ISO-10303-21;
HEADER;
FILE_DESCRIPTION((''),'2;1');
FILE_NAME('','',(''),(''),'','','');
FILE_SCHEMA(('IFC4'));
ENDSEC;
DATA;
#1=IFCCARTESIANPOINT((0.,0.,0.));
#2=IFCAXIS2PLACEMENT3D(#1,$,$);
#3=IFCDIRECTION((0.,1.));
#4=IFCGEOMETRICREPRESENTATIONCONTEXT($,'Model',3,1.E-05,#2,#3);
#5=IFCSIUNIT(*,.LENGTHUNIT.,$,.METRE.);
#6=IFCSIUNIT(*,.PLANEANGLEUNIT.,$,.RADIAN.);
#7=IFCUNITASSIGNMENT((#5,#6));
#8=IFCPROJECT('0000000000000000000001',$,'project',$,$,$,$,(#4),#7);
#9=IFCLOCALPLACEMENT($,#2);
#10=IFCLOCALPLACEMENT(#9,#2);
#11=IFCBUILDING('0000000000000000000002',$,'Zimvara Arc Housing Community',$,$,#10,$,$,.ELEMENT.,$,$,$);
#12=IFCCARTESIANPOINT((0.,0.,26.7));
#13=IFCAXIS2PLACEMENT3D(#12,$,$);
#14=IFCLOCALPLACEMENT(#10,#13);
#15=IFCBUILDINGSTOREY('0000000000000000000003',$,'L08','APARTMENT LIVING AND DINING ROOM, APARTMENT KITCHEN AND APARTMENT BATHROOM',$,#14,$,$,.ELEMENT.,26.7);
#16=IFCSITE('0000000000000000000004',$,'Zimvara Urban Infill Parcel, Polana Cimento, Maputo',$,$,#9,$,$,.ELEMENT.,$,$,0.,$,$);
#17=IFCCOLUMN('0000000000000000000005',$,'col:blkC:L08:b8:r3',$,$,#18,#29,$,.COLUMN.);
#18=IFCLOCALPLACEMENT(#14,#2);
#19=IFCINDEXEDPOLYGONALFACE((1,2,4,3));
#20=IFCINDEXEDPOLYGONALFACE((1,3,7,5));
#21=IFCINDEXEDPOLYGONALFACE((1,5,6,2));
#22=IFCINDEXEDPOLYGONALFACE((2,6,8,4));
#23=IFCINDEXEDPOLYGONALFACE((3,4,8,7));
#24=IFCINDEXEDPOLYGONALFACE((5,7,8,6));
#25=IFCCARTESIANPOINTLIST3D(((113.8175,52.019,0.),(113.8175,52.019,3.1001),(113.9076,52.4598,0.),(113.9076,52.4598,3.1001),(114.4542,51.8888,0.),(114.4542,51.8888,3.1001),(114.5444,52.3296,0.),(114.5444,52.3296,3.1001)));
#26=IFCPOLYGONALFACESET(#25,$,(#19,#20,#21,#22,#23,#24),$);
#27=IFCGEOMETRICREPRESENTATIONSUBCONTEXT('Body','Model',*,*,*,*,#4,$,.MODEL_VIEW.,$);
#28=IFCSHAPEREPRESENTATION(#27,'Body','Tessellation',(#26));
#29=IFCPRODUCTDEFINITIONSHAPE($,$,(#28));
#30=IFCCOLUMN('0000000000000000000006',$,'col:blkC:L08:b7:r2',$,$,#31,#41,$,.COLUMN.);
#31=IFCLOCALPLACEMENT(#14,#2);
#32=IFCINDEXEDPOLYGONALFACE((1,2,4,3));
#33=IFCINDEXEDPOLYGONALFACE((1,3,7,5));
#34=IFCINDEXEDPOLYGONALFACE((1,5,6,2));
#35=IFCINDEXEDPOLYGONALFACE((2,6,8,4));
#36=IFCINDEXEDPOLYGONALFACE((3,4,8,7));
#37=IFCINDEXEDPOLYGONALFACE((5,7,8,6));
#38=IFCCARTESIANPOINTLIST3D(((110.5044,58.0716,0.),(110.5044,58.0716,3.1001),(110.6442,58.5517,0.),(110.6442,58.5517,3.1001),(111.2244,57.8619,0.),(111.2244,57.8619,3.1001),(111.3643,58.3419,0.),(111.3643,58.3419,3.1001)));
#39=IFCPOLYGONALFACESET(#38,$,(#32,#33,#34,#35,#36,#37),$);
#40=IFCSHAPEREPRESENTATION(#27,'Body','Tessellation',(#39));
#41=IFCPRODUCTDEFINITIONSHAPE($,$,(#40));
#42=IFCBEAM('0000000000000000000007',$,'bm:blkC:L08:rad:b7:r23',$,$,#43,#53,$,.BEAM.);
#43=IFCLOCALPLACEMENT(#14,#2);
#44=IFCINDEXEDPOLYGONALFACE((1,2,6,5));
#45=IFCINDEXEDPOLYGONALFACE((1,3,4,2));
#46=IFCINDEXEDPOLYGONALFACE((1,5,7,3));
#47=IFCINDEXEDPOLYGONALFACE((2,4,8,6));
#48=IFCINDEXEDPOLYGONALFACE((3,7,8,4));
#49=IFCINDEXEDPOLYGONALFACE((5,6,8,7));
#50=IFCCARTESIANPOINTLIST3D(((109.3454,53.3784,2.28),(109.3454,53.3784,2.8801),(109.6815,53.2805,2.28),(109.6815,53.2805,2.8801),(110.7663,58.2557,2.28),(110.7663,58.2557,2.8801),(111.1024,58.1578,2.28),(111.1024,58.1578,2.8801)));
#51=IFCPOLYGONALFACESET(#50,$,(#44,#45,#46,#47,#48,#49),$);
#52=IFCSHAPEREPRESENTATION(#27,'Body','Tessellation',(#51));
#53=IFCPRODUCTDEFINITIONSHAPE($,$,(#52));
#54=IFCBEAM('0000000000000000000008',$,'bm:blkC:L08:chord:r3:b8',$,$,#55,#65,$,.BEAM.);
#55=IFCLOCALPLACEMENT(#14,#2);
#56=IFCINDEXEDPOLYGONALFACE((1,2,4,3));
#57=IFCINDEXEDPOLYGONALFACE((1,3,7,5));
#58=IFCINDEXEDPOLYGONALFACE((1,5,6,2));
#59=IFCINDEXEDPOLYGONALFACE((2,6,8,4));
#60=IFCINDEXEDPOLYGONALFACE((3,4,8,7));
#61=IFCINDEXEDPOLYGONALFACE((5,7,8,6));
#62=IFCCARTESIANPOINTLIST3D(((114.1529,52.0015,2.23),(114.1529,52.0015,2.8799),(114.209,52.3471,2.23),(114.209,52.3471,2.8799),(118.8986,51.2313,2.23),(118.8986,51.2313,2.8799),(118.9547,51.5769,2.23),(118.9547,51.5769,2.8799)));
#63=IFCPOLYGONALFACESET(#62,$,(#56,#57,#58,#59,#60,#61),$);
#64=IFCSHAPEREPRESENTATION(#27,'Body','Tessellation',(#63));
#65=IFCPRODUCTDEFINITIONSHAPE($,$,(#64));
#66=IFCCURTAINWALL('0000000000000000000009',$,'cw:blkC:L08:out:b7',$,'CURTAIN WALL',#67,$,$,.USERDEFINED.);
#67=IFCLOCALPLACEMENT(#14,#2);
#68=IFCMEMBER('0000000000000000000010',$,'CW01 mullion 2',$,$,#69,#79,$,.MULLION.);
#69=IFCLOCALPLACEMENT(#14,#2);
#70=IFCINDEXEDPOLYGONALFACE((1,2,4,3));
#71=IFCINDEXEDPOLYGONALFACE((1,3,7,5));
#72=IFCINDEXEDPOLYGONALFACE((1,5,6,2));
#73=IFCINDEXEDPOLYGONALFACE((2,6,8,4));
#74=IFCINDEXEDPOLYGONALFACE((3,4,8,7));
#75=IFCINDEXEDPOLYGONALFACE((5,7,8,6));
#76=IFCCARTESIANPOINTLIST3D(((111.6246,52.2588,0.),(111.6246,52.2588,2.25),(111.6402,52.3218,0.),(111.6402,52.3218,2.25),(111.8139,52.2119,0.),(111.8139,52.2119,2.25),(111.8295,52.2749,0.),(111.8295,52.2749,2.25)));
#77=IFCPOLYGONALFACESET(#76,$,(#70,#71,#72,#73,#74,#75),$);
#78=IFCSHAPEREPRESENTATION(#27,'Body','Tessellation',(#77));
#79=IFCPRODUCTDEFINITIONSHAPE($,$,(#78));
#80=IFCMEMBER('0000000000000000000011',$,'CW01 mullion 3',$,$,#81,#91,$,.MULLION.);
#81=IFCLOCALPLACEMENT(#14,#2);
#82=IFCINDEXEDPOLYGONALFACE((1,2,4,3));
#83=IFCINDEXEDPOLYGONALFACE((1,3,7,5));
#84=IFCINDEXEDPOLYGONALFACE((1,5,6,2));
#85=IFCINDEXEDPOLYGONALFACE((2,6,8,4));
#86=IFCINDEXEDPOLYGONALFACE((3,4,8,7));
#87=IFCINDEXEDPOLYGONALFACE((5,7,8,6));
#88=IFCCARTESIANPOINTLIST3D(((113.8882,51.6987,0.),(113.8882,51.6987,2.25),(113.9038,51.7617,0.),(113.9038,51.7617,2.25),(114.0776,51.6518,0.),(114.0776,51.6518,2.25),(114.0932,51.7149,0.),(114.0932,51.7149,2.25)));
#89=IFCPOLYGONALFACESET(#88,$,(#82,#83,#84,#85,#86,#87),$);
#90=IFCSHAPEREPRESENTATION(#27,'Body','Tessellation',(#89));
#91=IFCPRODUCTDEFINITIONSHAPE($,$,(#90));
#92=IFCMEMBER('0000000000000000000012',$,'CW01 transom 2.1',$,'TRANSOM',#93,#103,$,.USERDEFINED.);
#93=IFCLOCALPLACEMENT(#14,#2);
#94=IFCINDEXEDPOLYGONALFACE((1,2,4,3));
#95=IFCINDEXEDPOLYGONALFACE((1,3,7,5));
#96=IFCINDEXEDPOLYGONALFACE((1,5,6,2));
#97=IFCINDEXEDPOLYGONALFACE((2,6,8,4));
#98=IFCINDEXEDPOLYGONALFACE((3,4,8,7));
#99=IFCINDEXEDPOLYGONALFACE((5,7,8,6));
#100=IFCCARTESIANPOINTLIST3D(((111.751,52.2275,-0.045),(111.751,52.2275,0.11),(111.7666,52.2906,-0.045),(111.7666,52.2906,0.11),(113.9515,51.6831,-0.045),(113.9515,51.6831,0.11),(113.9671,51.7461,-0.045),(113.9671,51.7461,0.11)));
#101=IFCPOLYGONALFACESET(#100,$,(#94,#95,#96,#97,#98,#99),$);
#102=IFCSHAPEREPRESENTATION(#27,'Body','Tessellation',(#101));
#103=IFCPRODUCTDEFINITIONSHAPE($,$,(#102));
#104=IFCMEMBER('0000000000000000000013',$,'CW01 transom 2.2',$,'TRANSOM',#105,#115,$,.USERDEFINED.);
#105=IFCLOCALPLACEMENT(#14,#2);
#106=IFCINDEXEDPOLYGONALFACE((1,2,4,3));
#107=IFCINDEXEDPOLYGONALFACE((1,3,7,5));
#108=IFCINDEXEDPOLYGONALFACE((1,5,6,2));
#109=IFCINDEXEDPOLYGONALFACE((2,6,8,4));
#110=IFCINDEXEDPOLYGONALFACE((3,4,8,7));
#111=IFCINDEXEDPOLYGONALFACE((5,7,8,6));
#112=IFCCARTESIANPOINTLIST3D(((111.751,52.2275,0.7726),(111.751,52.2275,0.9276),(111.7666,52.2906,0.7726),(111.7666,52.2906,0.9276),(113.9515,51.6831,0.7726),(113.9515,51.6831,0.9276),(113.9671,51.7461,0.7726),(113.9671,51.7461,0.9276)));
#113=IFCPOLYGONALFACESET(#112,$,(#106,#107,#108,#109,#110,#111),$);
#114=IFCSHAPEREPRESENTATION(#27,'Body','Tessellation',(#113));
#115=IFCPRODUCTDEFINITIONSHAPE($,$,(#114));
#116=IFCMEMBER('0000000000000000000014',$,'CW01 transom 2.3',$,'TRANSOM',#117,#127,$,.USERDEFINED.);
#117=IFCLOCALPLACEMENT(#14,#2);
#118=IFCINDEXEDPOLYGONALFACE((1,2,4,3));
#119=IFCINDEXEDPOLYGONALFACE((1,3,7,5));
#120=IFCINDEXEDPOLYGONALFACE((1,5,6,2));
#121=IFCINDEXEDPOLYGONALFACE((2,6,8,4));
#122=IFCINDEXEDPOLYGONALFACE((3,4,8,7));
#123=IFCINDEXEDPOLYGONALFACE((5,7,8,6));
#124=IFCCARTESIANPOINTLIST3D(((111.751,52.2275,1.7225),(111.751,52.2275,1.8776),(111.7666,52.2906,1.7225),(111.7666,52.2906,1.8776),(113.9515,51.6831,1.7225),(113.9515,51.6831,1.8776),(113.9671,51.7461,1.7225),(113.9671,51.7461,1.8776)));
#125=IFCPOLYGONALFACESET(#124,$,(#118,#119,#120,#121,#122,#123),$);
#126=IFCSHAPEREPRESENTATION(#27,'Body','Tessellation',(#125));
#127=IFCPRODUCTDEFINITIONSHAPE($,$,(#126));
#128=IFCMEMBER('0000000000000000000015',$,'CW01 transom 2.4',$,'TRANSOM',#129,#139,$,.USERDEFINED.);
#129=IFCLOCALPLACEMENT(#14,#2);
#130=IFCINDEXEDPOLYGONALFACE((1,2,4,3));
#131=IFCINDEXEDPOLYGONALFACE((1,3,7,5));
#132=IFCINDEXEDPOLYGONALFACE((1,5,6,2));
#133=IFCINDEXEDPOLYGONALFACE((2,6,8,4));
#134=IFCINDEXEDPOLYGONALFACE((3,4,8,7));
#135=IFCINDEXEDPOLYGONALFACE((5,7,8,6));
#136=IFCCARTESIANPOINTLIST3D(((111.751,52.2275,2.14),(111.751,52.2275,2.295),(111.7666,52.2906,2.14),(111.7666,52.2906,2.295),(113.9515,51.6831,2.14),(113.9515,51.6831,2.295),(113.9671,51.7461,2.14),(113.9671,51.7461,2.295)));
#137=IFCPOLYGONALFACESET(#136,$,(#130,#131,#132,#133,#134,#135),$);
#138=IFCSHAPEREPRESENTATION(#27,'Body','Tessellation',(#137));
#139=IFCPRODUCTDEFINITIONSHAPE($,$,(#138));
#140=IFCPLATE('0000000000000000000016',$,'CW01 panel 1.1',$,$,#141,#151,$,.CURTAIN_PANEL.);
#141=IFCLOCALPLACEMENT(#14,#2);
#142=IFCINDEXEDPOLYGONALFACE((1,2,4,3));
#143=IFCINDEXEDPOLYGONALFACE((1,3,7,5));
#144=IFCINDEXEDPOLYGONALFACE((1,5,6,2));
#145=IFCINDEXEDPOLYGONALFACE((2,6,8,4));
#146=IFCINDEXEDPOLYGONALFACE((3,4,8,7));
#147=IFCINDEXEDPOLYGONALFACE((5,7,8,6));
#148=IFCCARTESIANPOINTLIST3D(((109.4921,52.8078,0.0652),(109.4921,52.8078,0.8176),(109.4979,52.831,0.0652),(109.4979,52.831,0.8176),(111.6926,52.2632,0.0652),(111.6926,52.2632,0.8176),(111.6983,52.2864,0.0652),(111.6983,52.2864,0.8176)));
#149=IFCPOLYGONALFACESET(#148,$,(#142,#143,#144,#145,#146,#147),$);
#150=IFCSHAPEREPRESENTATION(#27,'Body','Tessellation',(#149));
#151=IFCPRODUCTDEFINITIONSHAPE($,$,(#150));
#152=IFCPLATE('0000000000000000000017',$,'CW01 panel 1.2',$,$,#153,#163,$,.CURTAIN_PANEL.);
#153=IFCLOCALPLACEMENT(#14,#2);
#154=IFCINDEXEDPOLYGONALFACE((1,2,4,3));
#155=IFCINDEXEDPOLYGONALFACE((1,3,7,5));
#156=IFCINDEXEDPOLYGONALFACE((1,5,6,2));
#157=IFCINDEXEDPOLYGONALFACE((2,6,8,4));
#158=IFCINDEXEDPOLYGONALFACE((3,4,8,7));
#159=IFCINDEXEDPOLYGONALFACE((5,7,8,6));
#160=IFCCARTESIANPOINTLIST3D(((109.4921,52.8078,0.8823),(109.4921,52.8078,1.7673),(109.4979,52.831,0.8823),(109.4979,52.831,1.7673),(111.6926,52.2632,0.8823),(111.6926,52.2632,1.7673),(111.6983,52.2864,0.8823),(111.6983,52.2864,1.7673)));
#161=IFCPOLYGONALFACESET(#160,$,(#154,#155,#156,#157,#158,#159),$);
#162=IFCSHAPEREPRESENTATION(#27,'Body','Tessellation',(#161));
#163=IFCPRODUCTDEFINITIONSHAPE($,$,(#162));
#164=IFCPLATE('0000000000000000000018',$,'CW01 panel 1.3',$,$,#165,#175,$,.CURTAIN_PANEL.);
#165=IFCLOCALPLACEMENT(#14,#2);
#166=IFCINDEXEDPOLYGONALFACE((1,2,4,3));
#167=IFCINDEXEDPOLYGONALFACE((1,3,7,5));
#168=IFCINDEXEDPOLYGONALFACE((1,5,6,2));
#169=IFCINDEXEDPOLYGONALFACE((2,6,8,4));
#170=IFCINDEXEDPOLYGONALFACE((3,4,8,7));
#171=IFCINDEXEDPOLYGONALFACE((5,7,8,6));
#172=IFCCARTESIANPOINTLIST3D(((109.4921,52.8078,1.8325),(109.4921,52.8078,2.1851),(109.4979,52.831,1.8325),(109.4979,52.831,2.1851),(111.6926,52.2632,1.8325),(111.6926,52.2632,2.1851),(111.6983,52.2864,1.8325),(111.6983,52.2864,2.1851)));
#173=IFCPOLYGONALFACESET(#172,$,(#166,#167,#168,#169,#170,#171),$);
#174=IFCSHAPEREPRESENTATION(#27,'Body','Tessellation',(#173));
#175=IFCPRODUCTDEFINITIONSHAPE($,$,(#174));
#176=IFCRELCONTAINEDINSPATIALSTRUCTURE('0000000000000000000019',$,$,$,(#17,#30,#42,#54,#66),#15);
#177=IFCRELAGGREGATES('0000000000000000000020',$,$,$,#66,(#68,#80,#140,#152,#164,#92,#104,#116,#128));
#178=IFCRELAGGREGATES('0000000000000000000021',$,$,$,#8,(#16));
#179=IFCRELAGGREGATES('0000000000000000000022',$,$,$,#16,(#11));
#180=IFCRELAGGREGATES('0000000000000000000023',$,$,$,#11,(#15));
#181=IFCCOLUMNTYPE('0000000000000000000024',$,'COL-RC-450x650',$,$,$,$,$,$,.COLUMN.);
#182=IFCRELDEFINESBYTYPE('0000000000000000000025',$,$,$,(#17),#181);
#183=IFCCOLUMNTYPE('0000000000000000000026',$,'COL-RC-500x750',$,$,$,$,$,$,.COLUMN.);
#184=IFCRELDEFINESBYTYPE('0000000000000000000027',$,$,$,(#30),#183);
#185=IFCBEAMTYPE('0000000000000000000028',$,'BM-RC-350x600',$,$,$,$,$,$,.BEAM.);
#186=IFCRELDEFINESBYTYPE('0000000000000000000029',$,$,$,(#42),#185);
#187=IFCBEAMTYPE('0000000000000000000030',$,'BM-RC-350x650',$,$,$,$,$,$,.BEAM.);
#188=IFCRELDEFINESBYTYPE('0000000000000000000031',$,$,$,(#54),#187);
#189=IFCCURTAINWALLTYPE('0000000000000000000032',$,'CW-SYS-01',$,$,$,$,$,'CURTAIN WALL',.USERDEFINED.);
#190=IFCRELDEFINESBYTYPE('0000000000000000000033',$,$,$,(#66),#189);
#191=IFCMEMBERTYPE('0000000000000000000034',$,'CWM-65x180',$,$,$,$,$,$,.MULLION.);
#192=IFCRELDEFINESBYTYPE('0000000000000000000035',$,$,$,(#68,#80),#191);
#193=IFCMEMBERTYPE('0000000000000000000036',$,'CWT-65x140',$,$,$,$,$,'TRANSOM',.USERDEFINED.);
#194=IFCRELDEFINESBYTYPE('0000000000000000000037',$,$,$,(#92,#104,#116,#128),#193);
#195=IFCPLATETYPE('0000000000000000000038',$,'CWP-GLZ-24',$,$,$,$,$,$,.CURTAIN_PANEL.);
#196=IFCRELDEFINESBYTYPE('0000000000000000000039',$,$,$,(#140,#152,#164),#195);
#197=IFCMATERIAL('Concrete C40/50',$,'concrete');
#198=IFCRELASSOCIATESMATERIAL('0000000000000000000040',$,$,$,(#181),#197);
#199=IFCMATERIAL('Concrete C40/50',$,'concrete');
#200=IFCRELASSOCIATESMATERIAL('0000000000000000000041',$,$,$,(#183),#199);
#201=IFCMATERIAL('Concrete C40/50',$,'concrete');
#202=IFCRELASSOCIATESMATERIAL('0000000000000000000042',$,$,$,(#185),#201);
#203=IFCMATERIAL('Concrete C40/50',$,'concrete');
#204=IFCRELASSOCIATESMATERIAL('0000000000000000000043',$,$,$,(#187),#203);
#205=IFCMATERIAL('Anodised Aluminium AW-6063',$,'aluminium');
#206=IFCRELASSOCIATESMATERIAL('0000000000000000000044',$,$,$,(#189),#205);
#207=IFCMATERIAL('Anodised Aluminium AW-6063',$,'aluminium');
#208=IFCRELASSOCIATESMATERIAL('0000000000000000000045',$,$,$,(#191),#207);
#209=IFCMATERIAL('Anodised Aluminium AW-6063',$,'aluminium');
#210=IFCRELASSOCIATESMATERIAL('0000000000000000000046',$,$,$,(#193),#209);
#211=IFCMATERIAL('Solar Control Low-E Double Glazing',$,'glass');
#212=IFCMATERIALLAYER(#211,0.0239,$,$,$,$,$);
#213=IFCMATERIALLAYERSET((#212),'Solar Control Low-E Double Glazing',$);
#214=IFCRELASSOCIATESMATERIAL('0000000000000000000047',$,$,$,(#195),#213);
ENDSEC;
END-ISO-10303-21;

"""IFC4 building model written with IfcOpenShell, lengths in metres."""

from ifc_helpers import new_model, si_unit, direction, frame, origin, origin_2d, place, context, subcontext, project, spatial, rectangle, extrude, material, layer, layer_set, material_profile, profile_set, type_object, element, aggregate, save


model = new_model("IFC4")

# Units and contexts
model_context = context("Model", 3, precision=1e-05, world=origin(), true_north=direction((0.0, 1.0)))
body_context = subcontext(model_context, "Body", "Model", "MODEL_VIEW")
ifc_project = project(units=[si_unit("LENGTHUNIT", "METRE"), si_unit("PLANEANGLEUNIT", "RADIAN")], contexts=[model_context])

# Site, building, storey
site_placement = place(None, origin())
site = spatial("IfcSite", under=ifc_project, at=site_placement, Name="Zimvara Urban Infill Parcel, Polana Cimento, Maputo", CompositionType="ELEMENT", RefElevation=0.0)
building_placement = place(site_placement, origin())
building = spatial("IfcBuilding", under=site, at=building_placement, Name="Zimvara Arc Housing Community", CompositionType="ELEMENT")
storey_placement = place(building_placement, frame((0.0, 0.0, 26.7)))
storey = spatial("IfcBuildingStorey", under=building, at=storey_placement, Name="L08", Description="APARTMENT LIVING AND DINING ROOM, APARTMENT KITCHEN AND APARTMENT BATHROOM", CompositionType="ELEMENT", Elevation=26.7)

# Columns
ifc_material_1 = material(Name="Concrete C40/50", Category="concrete")
ifc_material_profile_1 = material_profile(ifc_material_1, rectangle(XDim=0.45, YDim=0.6499, at=origin_2d()), Name="RC 450x650")
ifc_profile_set_1 = profile_set([ifc_material_profile_1], Name="Concrete C40/50")
column_type_1 = type_object("IfcColumnType", Name="COL-RC-450x650", PredefinedType="COLUMN", material=ifc_profile_set_1)
column_1_placement = place(storey_placement, frame((114.1809, 52.1743, 0.0), z_axis=(0.0, 0.0, 1.0), x_axis=(-0.200394, -0.979715, 0.0)))
element("IfcColumn", 1, at=column_1_placement, inside=storey, type_object=column_type_1, Name="col:blkC:L08:b8:r3", PredefinedType="COLUMN", context=body_context, shape_type="SweptSolid", body=[
    extrude(rectangle(XDim=0.45, YDim=0.6499, at=origin_2d()), origin(), (0.0, 0.0, 1.0), 3.1001),
])
ifc_material_2 = material(Name="Concrete C40/50", Category="concrete")
ifc_material_profile_2 = material_profile(ifc_material_2, rectangle(XDim=0.5, YDim=0.75, at=origin_2d()), Name="RC 500x750")
ifc_profile_set_2 = profile_set([ifc_material_profile_2], Name="Concrete C40/50")
column_type_2 = type_object("IfcColumnType", Name="COL-RC-500x750", PredefinedType="COLUMN", material=ifc_profile_set_2)
column_2_placement = place(storey_placement, frame((110.9343, 58.2068, 0.0), z_axis=(0.0, 0.0, 1.0), x_axis=(-0.279661, -0.960099, 0.0)))
element("IfcColumn", 2, at=column_2_placement, inside=storey, type_object=column_type_2, Name="col:blkC:L08:b7:r2", PredefinedType="COLUMN", context=body_context, shape_type="SweptSolid", body=[
    extrude(rectangle(XDim=0.5, YDim=0.75, at=origin_2d()), origin(), (0.0, 0.0, 1.0), 3.1001),
])

# Beams
ifc_material_3 = material(Name="Concrete C40/50", Category="concrete")
ifc_material_profile_3 = material_profile(ifc_material_3, rectangle(XDim=0.3501, YDim=0.6001, at=origin_2d()), Name="RC 350x600")
ifc_profile_set_3 = profile_set([ifc_material_profile_3], Name="Concrete C40/50")
beam_type_1 = type_object("IfcBeamType", Name="BM-RC-350x600", PredefinedType="BEAM", material=ifc_profile_set_3)
beam_1_placement = place(storey_placement, frame((110.9343, 58.2068, 2.5801), z_axis=(-0.279694, -0.960089, 0.0), x_axis=(0.960089, -0.279694, 0.0)))
element("IfcBeam", 3, at=beam_1_placement, inside=storey, type_object=beam_type_1, Name="bm:blkC:L08:rad:b7:r23", PredefinedType="BEAM", context=body_context, shape_type="SweptSolid", body=[
    extrude(rectangle(XDim=0.3501, YDim=0.6001, at=origin_2d()), origin(), (0.0, 0.0, 1.0), 5.0801),
])
ifc_material_4 = material(Name="Concrete C40/50", Category="concrete")
ifc_material_profile_4 = material_profile(ifc_material_4, rectangle(XDim=0.3501, YDim=0.6499, at=origin_2d()), Name="RC 350x650")
ifc_profile_set_4 = profile_set([ifc_material_profile_4], Name="Concrete C40/50")
beam_type_2 = type_object("IfcBeamType", Name="BM-RC-350x650", PredefinedType="BEAM", material=ifc_profile_set_4)
beam_2_placement = place(storey_placement, frame((114.1809, 52.1743, 2.5549), z_axis=(0.987084, -0.160206, 0.0), x_axis=(0.160206, 0.987084, 0.0)))
element("IfcBeam", 4, at=beam_2_placement, inside=storey, type_object=beam_type_2, Name="bm:blkC:L08:chord:r3:b8", PredefinedType="BEAM", context=body_context, shape_type="SweptSolid", body=[
    extrude(rectangle(XDim=0.3501, YDim=0.6499, at=origin_2d()), origin(), (0.0, 0.0, 1.0), 4.8079),
])

# Curtain wall, members, plates
ifc_material_5 = material(Name="Anodised Aluminium AW-6063", Category="aluminium")
curtain_wall_type = type_object("IfcCurtainWallType", Name="CW-SYS-01", ElementType="CURTAIN WALL", PredefinedType="USERDEFINED", material=ifc_material_5)
curtain_wall_placement = place(storey_placement, origin())
curtain_wall = element("IfcCurtainWall", 5, at=curtain_wall_placement, inside=storey, type_object=curtain_wall_type, Name="cw:blkC:L08:out:b7", ObjectType="CURTAIN WALL", PredefinedType="USERDEFINED")
ifc_material_6 = material(Name="Anodised Aluminium AW-6063", Category="aluminium")
ifc_material_profile_5 = material_profile(ifc_material_6, rectangle(XDim=0.0649, YDim=0.1951, at=origin_2d()), Name="ALU 65x195")
ifc_profile_set_5 = profile_set([ifc_material_profile_5], Name="Anodised Aluminium AW-6063")
member_type_1 = type_object("IfcMemberType", Name="CWM-65x180", PredefinedType="MULLION", material=ifc_profile_set_5)
member_1_placement = place(storey_placement, frame((111.7271, 52.2668, 0.0), z_axis=(0.0, 0.0, 1.0), x_axis=(0.24023, 0.970716, 0.0)))
member_1 = element("IfcMember", 6, at=member_1_placement, type_object=member_type_1, Name="CW01 mullion 2", PredefinedType="MULLION", context=body_context, shape_type="SweptSolid", body=[
    extrude(rectangle(XDim=0.0649, YDim=0.1951, at=origin_2d()), origin(), (0.0, 0.0, 1.0), 2.25),
])
member_2_placement = place(storey_placement, frame((113.9907, 51.7068, 0.0), z_axis=(0.0, 0.0, 1.0), x_axis=(0.24023, 0.970716, 0.0)))
member_2 = element("IfcMember", 7, at=member_2_placement, type_object=member_type_1, Name="CW01 mullion 3", PredefinedType="MULLION", context=body_context, shape_type="SweptSolid", body=[
    extrude(rectangle(XDim=0.0649, YDim=0.1951, at=origin_2d()), origin(), (0.0, 0.0, 1.0), 2.25),
])
ifc_material_7 = material(Name="Anodised Aluminium AW-6063", Category="aluminium")
ifc_material_profile_6 = material_profile(ifc_material_7, rectangle(XDim=0.0649, YDim=0.155, at=origin_2d()), Name="ALU 65x155")
ifc_profile_set_6 = profile_set([ifc_material_profile_6], Name="Anodised Aluminium AW-6063")
member_type_2 = type_object("IfcMemberType", Name="CWT-65x140", ElementType="TRANSOM", PredefinedType="USERDEFINED", material=ifc_profile_set_6)
member_3_placement = place(storey_placement, frame((111.7588, 52.259, 0.0325), z_axis=(0.970729, -0.240178, 0.0), x_axis=(0.240178, 0.970729, 0.0)))
member_3 = element("IfcMember", 8, at=member_3_placement, type_object=member_type_2, Name="CW01 transom 2.1", ObjectType="TRANSOM", PredefinedType="USERDEFINED", context=body_context, shape_type="SweptSolid", body=[
    extrude(rectangle(XDim=0.0649, YDim=0.155, at=origin_2d()), origin(), (0.0, 0.0, 1.0), 2.2668),
])
member_4_placement = place(storey_placement, frame((111.7588, 52.259, 0.8501), z_axis=(0.970729, -0.240178, 0.0), x_axis=(0.240178, 0.970729, 0.0)))
member_4 = element("IfcMember", 9, at=member_4_placement, type_object=member_type_2, Name="CW01 transom 2.2", ObjectType="TRANSOM", PredefinedType="USERDEFINED", context=body_context, shape_type="SweptSolid", body=[
    extrude(rectangle(XDim=0.0649, YDim=0.155, at=origin_2d()), origin(), (0.0, 0.0, 1.0), 2.2668),
])
member_5_placement = place(storey_placement, frame((111.7588, 52.259, 1.8), z_axis=(0.970729, -0.240178, 0.0), x_axis=(0.240178, 0.970729, 0.0)))
member_5 = element("IfcMember", 10, at=member_5_placement, type_object=member_type_2, Name="CW01 transom 2.3", ObjectType="TRANSOM", PredefinedType="USERDEFINED", context=body_context, shape_type="SweptSolid", body=[
    extrude(rectangle(XDim=0.0649, YDim=0.155, at=origin_2d()), origin(), (0.0, 0.0, 1.0), 2.2668),
])
member_6_placement = place(storey_placement, frame((111.7588, 52.259, 2.2175), z_axis=(0.970729, -0.240178, 0.0), x_axis=(0.240178, 0.970729, 0.0)))
member_6 = element("IfcMember", 11, at=member_6_placement, type_object=member_type_2, Name="CW01 transom 2.4", ObjectType="TRANSOM", PredefinedType="USERDEFINED", context=body_context, shape_type="SweptSolid", body=[
    extrude(rectangle(XDim=0.0649, YDim=0.155, at=origin_2d()), origin(), (0.0, 0.0, 1.0), 2.2668),
])
ifc_material_8 = material(Name="Solar Control Low-E Double Glazing", Category="glass")
ifc_layer_1 = layer(ifc_material_8, 0.0239)
ifc_layer_set_1 = layer_set([ifc_layer_1], Name="Solar Control Low-E Double Glazing")
plate_type = type_object("IfcPlateType", Name="CWP-GLZ-24", PredefinedType="CURTAIN_PANEL", material=ifc_layer_set_1)
plate_1_placement = place(storey_placement, frame((110.5952, 52.5471, 0.0652), z_axis=(0.0, 0.0, 1.0), x_axis=(0.970716, -0.24023, 0.0)))
plate_1 = element("IfcPlate", 12, at=plate_1_placement, type_object=plate_type, Name="CW01 panel 1.1", PredefinedType="CURTAIN_PANEL", context=body_context, shape_type="SweptSolid", body=[
    extrude(rectangle(XDim=2.2668, YDim=0.0239, at=origin_2d()), origin(), (0.0, 0.0, 1.0), 0.7524),
])
plate_2_placement = place(storey_placement, frame((110.5952, 52.5471, 0.8823), z_axis=(0.0, 0.0, 1.0), x_axis=(0.970716, -0.24023, 0.0)))
plate_2 = element("IfcPlate", 13, at=plate_2_placement, type_object=plate_type, Name="CW01 panel 1.2", PredefinedType="CURTAIN_PANEL", context=body_context, shape_type="SweptSolid", body=[
    extrude(rectangle(XDim=2.2668, YDim=0.0239, at=origin_2d()), origin(), (0.0, 0.0, 1.0), 0.885),
])
plate_3_placement = place(storey_placement, frame((110.5952, 52.5471, 1.8325), z_axis=(0.0, 0.0, 1.0), x_axis=(0.970716, -0.24023, 0.0)))
plate_3 = element("IfcPlate", 14, at=plate_3_placement, type_object=plate_type, Name="CW01 panel 1.3", PredefinedType="CURTAIN_PANEL", context=body_context, shape_type="SweptSolid", body=[
    extrude(rectangle(XDim=2.2668, YDim=0.0239, at=origin_2d()), origin(), (0.0, 0.0, 1.0), 0.3525),
])
aggregate(curtain_wall, [member_1, member_2, plate_1, plate_2, plate_3, member_3, member_4, member_5, member_6])

save(model, "model.ifc")
